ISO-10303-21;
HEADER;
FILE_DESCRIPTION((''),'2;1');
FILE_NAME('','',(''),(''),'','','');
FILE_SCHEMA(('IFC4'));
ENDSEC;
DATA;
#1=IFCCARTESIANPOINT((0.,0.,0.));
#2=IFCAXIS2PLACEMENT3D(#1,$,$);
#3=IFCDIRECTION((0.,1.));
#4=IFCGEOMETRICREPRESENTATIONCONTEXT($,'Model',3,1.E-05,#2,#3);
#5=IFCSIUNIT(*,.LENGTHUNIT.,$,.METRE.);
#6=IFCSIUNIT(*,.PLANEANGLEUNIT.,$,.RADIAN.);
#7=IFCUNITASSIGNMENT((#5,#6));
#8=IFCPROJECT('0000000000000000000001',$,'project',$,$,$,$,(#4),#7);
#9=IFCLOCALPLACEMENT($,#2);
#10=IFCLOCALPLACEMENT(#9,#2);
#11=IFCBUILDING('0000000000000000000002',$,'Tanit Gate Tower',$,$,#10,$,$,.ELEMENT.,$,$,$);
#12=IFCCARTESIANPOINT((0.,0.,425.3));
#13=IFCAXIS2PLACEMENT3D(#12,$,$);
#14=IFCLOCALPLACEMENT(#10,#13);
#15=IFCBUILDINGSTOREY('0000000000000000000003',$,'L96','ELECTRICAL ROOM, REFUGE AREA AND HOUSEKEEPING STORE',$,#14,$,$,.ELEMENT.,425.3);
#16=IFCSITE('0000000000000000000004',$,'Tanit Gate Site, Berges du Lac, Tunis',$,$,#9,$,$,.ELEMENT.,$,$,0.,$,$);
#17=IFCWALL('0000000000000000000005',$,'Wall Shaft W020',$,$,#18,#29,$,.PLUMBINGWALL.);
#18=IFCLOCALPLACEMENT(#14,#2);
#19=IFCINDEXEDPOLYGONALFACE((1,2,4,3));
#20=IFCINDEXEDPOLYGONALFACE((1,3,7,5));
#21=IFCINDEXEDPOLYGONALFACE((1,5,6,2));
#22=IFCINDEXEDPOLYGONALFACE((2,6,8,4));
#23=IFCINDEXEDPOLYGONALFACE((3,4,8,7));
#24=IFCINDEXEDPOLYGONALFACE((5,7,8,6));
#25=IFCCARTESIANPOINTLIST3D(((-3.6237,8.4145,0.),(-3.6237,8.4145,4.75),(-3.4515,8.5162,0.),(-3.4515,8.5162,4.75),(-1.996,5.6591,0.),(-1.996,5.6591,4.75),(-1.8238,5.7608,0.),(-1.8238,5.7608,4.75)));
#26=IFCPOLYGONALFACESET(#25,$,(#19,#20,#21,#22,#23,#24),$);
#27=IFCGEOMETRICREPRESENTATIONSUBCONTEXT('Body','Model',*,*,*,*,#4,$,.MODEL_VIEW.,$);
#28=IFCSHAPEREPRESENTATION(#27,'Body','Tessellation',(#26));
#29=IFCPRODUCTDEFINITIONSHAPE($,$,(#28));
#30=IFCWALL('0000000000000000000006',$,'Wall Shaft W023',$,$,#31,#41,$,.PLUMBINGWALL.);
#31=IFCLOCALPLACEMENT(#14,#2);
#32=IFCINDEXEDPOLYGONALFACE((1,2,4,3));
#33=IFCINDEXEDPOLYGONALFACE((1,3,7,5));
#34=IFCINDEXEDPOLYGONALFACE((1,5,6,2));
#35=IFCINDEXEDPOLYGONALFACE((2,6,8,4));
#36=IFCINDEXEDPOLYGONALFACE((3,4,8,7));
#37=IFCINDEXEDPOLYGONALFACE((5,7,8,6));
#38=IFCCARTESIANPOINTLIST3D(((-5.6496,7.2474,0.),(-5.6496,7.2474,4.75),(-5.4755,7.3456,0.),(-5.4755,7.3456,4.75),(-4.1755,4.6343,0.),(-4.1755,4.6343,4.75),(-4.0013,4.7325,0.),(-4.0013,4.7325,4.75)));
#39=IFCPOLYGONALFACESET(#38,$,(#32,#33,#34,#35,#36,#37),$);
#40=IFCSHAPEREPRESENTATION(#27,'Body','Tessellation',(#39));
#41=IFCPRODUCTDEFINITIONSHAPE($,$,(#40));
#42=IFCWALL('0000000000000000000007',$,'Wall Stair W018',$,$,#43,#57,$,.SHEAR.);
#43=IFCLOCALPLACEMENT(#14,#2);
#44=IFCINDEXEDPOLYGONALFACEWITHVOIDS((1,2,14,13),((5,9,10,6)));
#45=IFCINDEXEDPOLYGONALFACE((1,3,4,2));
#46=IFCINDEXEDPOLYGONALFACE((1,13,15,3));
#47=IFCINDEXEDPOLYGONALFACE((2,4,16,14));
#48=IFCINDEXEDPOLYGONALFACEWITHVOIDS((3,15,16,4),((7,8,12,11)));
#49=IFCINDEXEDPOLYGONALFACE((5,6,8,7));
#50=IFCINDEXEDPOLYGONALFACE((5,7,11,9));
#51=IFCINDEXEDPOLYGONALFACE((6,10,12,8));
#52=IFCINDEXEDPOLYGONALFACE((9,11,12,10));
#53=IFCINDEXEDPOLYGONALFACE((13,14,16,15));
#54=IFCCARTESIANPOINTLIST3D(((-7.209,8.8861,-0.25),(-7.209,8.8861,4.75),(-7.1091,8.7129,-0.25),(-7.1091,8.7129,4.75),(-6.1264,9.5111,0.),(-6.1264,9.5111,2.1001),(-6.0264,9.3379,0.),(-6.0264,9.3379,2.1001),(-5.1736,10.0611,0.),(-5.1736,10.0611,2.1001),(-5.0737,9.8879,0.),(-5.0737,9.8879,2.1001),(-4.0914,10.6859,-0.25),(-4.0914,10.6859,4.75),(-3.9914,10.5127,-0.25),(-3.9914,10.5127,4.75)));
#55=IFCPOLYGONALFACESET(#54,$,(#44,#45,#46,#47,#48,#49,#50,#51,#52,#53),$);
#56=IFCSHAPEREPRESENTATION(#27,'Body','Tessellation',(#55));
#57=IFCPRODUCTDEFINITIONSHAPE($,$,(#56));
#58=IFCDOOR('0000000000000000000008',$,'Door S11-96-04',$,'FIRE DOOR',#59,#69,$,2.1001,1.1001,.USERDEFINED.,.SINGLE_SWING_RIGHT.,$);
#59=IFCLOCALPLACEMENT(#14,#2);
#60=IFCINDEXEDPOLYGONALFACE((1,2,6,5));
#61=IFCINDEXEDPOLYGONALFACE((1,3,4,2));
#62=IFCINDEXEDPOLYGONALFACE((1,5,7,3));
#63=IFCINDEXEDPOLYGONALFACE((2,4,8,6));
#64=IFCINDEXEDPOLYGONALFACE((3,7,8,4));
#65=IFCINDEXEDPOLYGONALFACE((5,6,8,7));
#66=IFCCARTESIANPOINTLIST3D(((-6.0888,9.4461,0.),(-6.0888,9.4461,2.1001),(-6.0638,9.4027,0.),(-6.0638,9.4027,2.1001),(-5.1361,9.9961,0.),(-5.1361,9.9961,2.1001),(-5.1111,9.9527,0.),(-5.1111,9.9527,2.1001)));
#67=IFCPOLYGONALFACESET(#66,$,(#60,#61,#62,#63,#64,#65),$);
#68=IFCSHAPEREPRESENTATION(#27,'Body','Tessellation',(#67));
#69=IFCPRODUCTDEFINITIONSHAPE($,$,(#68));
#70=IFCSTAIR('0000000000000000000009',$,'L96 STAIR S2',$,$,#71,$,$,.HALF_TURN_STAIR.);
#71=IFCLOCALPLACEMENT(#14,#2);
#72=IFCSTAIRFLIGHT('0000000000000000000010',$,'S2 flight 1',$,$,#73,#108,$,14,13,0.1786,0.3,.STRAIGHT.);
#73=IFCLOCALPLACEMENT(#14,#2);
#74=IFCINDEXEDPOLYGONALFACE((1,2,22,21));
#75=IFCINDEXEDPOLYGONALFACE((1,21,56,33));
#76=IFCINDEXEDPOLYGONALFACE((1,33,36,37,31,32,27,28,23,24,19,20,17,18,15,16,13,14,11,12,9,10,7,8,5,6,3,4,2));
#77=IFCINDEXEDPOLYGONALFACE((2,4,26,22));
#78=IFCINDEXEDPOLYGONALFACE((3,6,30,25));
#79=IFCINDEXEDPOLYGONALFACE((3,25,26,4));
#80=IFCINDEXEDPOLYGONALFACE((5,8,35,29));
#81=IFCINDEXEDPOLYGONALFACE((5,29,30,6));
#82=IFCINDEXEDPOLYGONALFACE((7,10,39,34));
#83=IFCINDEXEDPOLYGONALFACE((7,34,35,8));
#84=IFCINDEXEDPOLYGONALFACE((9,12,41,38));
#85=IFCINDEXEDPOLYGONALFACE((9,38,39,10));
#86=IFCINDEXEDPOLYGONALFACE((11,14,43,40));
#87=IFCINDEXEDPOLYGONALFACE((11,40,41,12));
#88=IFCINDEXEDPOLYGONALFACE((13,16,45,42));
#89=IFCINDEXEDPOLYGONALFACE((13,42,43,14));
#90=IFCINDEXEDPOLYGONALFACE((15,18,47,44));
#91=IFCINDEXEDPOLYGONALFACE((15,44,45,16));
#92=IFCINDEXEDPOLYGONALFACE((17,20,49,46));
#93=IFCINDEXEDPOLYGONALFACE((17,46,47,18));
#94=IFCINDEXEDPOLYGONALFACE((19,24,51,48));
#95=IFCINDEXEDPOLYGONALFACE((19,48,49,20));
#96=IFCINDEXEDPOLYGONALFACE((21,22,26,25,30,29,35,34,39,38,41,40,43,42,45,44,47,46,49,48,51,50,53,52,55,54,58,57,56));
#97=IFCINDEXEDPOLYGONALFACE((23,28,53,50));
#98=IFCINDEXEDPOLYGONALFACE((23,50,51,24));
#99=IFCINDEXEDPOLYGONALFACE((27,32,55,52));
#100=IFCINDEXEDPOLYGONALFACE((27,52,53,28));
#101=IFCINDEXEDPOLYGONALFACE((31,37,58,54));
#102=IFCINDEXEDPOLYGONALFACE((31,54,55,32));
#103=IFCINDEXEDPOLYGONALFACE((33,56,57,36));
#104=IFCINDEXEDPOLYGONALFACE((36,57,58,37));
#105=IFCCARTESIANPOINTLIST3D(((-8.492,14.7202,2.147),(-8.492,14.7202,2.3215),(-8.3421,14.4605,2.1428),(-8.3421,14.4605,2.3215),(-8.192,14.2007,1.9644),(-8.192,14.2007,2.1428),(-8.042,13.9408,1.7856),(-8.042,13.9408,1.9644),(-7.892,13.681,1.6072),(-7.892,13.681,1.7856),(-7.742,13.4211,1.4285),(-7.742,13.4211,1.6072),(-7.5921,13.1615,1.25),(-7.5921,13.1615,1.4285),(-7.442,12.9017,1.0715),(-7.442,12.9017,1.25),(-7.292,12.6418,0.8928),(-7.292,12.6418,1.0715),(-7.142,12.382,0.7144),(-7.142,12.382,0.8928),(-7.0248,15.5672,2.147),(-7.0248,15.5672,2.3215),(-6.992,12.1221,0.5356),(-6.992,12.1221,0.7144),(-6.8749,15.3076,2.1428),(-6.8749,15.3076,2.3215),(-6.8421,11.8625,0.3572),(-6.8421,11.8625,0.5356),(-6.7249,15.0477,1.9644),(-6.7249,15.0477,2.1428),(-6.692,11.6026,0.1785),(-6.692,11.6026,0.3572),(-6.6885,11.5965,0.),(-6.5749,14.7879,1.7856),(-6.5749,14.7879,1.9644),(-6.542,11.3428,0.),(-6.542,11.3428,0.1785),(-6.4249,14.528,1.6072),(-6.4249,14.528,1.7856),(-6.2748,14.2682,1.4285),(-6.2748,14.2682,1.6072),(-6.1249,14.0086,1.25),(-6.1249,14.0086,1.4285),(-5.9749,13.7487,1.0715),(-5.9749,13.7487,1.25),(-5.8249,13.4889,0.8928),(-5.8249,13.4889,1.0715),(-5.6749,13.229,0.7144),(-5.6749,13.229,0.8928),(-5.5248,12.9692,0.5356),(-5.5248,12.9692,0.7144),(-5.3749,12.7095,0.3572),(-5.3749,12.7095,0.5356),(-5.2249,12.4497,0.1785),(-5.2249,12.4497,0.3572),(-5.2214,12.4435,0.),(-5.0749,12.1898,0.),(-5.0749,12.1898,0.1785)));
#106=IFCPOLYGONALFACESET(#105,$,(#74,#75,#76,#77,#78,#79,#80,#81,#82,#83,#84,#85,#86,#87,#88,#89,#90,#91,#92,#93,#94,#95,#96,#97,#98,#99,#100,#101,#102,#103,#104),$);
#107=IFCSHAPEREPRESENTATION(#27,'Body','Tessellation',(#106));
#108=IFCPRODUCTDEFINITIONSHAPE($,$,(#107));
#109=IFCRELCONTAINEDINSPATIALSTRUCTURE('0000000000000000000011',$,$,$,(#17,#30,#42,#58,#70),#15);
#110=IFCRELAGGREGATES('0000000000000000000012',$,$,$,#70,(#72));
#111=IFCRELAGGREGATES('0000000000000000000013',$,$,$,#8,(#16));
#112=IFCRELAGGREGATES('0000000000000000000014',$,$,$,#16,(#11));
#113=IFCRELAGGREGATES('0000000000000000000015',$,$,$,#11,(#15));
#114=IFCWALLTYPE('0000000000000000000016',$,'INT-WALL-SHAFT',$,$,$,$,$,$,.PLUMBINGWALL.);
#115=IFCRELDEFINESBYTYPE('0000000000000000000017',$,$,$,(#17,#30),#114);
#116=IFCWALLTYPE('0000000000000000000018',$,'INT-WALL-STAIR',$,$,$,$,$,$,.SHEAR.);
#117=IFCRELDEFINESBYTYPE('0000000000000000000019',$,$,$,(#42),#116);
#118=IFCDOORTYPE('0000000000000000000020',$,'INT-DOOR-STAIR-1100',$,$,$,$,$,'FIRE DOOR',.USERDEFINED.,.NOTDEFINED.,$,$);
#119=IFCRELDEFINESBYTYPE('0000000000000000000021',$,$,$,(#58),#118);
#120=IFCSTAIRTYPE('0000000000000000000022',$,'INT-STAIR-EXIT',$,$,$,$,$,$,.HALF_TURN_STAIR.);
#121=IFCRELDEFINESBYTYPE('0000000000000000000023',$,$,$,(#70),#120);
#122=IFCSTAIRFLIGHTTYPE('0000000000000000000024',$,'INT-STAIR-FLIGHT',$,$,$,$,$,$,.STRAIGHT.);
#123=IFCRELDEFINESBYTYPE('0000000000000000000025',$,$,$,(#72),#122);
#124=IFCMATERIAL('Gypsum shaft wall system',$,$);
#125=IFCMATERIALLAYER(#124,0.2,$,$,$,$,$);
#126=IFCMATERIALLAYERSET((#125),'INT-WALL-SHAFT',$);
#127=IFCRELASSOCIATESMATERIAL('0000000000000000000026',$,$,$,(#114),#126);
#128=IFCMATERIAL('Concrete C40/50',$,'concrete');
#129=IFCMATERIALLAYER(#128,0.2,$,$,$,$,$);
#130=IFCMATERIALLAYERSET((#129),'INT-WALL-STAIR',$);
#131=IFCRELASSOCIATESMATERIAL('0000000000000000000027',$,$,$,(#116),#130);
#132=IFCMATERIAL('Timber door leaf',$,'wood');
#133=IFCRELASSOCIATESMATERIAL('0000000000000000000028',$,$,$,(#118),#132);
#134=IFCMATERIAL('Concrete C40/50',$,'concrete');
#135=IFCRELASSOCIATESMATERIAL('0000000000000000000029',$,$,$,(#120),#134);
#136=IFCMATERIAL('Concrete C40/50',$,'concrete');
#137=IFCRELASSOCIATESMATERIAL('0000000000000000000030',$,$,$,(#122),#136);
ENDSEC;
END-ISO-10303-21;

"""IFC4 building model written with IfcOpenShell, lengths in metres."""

from ifc_helpers import new_model, si_unit, direction, frame, frame_2d, origin, place, context, subcontext, project, spatial, polyline, rectangle, outline, extrude, material, layer, layer_set, type_object, element, fill, aggregate, save


model = new_model("IFC4")

# Units and contexts
model_context = context("Model", 3, precision=1e-05, world=origin(), true_north=direction((0.0, 1.0)))
body_context = subcontext(model_context, "Body", "Model", "MODEL_VIEW")
ifc_project = project(units=[si_unit("LENGTHUNIT", "METRE"), si_unit("PLANEANGLEUNIT", "RADIAN")], contexts=[model_context])

# Site, building, storey
site_placement = place(None, origin())
site = spatial("IfcSite", under=ifc_project, at=site_placement, Name="Tanit Gate Site, Berges du Lac, Tunis", CompositionType="ELEMENT", RefElevation=0.0)
building_placement = place(site_placement, origin())
building = spatial("IfcBuilding", under=site, at=building_placement, Name="Tanit Gate Tower", CompositionType="ELEMENT")
storey_placement = place(building_placement, frame((0.0, 0.0, 425.3)))
storey = spatial("IfcBuildingStorey", under=building, at=storey_placement, Name="L96", Description="ELECTRICAL ROOM, REFUGE AREA AND HOUSEKEEPING STORE", CompositionType="ELEMENT", Elevation=425.3)

# Shared definitions
ifc_material_1 = material(Name="Gypsum shaft wall system")
ifc_layer_1 = layer(ifc_material_1, 0.2)
ifc_layer_set_1 = layer_set([ifc_layer_1], Name="INT-WALL-SHAFT")
wall_type_1 = type_object("IfcWallType", Name="INT-WALL-SHAFT", PredefinedType="PLUMBINGWALL", material=ifc_layer_set_1)

# Walls
wall_1_placement = place(storey_placement, frame((-3.5376, 8.4653, 0.0), z_axis=(0.0, 0.0, 1.0), x_axis=(0.508616, -0.860993, 0.0)))
element("IfcWall", 1, at=wall_1_placement, inside=storey, type_object=wall_type_1, Name="Wall Shaft W020", PredefinedType="PLUMBINGWALL", context=body_context, shape_type="SweptSolid", body=[
    extrude(rectangle(XDim=3.2002, YDim=0.2, at=frame_2d((1.6001, 0.0))), origin(), (0.0, 0.0, 1.0), 4.75),
])
wall_2_placement = place(storey_placement, frame((-5.5625, 7.2964, 0.0), z_axis=(0.0, 0.0, 1.0), x_axis=(0.491347, -0.870964, 0.0)))
element("IfcWall", 2, at=wall_2_placement, inside=storey, type_object=wall_type_1, Name="Wall Shaft W023", PredefinedType="PLUMBINGWALL", context=body_context, shape_type="SweptSolid", body=[
    extrude(rectangle(XDim=3.0002, YDim=0.2, at=frame_2d((1.5, 0.0))), origin(), (0.0, 0.0, 1.0), 4.75),
])

# Wall, opening, door
ifc_material_2 = material(Name="Concrete C40/50", Category="concrete")
ifc_layer_2 = layer(ifc_material_2, 0.2)
ifc_layer_set_2 = layer_set([ifc_layer_2], Name="INT-WALL-STAIR")
wall_type_2 = type_object("IfcWallType", Name="INT-WALL-STAIR", PredefinedType="SHEAR", material=ifc_layer_set_2)
wall_3_placement = place(storey_placement, frame((-7.1589, 8.7996, -0.25), z_axis=(0.0, 0.0, 1.0), x_axis=(0.866048, 0.499961, 0.0)))
wall_3 = element("IfcWall", 3, at=wall_3_placement, inside=storey, type_object=wall_type_2, Name="Wall Stair W018", PredefinedType="SHEAR", context=body_context, shape_type="SweptSolid", body=[
    extrude(rectangle(XDim=3.5999, YDim=0.2, at=frame_2d((1.7998, 0.0))), origin(), (0.0, 0.0, 1.0), 5.0),
])
opening_1_placement = place(wall_3_placement, frame((1.25, 0.0, 0.25)))
opening_1 = element("IfcOpeningElement", 4, at=opening_1_placement, cuts=wall_3, PredefinedType="OPENING", context=body_context, shape_type="SweptSolid", body=[
    extrude(rectangle(XDim=1.1001, YDim=2.1001, at=frame_2d((0.55, 1.05))), frame((0.0, 0.1099, 0.0), z_axis=(0.0, -1.0, 0.0), x_axis=(1.0, 0.0, 0.0)), (0.0, 0.0, 1.0), 0.22),
])
ifc_material_3 = material(Name="Timber door leaf", Category="wood")
door_type_1 = type_object("IfcDoorType", Name="INT-DOOR-STAIR-1100", ElementType="FIRE DOOR", OperationType="NOTDEFINED", PredefinedType="USERDEFINED", material=ifc_material_3)
door_1_placement = place(opening_1_placement, origin())
door_1 = element("IfcDoor", 5, at=door_1_placement, inside=storey, type_object=door_type_1, Name="Door S11-96-04", ObjectType="FIRE DOOR", OperationType="SINGLE_SWING_RIGHT", OverallHeight=2.1001, OverallWidth=1.1001, PredefinedType="USERDEFINED", context=body_context, shape_type="SweptSolid", body=[
    extrude(rectangle(XDim=1.1001, YDim=2.1001, at=frame_2d((0.55, 1.05))), frame((0.0, 0.0249, 0.0), z_axis=(0.0, -1.0, 0.0), x_axis=(1.0, 0.0, 0.0)), (0.0, 0.0, 1.0), 0.05),
])
fill(opening_1, door_1)

# Stair, stair flight
ifc_material_4 = material(Name="Concrete C40/50", Category="concrete")
stair_type = type_object("IfcStairType", Name="INT-STAIR-EXIT", PredefinedType="HALF_TURN_STAIR", material=ifc_material_4)
stair_placement = place(storey_placement, origin())
stair = element("IfcStair", 6, at=stair_placement, inside=storey, type_object=stair_type, Name="L96 STAIR S2", PredefinedType="HALF_TURN_STAIR")
ifc_material_5 = material(Name="Concrete C40/50", Category="concrete")
stair_flight_type = type_object("IfcStairFlightType", Name="INT-STAIR-FLIGHT", PredefinedType="STRAIGHT", material=ifc_material_5)
stair_flight_placement = place(storey_placement, frame((-5.8083, 11.7664, 0.0), z_axis=(0.0, 0.0, 1.0), x_axis=(-0.5, 0.866025, 0.0)))
stair_flight = element("IfcStairFlight", 7, at=stair_flight_placement, type_object=stair_flight_type, Name="S2 flight 1", NumberOfRisers=14, NumberOfTreads=13, PredefinedType="STRAIGHT", RiserHeight=0.1786, TreadLength=0.3, context=body_context, shape_type="SweptSolid", body=[
    extrude(outline(polyline([(0.0, 0.0), (0.0, 0.1785), (0.3, 0.1785), (0.3, 0.3572), (0.6001, 0.3572), (0.6001, 0.5356), (0.8999, 0.5356), (0.8999, 0.7144), (1.2, 0.7144), (1.2, 0.8928), (1.5, 0.8928), (1.5, 1.0715), (1.8, 1.0715), (1.8, 1.25), (2.1001, 1.25), (2.1001, 1.4285), (2.3999, 1.4285), (2.3999, 1.6072), (2.7, 1.6072), (2.7, 1.7856), (3.0, 1.7856), (3.0, 1.9644), (3.3, 1.9644), (3.3, 2.1428), (3.6001, 2.1428), (3.6001, 2.3215), (3.8999, 2.3215), (3.8999, 2.5), (3.8999, 2.147), (0.293, 0.0), (0.0, 0.0)])), frame((0.0, 0.8472, 0.0), z_axis=(0.0, -1.0, 0.0), x_axis=(1.0, 0.0, 0.0)), (0.0, 0.0, 1.0), 1.6941),
])
aggregate(stair, [stair_flight])

save(model, "model.ifc")
